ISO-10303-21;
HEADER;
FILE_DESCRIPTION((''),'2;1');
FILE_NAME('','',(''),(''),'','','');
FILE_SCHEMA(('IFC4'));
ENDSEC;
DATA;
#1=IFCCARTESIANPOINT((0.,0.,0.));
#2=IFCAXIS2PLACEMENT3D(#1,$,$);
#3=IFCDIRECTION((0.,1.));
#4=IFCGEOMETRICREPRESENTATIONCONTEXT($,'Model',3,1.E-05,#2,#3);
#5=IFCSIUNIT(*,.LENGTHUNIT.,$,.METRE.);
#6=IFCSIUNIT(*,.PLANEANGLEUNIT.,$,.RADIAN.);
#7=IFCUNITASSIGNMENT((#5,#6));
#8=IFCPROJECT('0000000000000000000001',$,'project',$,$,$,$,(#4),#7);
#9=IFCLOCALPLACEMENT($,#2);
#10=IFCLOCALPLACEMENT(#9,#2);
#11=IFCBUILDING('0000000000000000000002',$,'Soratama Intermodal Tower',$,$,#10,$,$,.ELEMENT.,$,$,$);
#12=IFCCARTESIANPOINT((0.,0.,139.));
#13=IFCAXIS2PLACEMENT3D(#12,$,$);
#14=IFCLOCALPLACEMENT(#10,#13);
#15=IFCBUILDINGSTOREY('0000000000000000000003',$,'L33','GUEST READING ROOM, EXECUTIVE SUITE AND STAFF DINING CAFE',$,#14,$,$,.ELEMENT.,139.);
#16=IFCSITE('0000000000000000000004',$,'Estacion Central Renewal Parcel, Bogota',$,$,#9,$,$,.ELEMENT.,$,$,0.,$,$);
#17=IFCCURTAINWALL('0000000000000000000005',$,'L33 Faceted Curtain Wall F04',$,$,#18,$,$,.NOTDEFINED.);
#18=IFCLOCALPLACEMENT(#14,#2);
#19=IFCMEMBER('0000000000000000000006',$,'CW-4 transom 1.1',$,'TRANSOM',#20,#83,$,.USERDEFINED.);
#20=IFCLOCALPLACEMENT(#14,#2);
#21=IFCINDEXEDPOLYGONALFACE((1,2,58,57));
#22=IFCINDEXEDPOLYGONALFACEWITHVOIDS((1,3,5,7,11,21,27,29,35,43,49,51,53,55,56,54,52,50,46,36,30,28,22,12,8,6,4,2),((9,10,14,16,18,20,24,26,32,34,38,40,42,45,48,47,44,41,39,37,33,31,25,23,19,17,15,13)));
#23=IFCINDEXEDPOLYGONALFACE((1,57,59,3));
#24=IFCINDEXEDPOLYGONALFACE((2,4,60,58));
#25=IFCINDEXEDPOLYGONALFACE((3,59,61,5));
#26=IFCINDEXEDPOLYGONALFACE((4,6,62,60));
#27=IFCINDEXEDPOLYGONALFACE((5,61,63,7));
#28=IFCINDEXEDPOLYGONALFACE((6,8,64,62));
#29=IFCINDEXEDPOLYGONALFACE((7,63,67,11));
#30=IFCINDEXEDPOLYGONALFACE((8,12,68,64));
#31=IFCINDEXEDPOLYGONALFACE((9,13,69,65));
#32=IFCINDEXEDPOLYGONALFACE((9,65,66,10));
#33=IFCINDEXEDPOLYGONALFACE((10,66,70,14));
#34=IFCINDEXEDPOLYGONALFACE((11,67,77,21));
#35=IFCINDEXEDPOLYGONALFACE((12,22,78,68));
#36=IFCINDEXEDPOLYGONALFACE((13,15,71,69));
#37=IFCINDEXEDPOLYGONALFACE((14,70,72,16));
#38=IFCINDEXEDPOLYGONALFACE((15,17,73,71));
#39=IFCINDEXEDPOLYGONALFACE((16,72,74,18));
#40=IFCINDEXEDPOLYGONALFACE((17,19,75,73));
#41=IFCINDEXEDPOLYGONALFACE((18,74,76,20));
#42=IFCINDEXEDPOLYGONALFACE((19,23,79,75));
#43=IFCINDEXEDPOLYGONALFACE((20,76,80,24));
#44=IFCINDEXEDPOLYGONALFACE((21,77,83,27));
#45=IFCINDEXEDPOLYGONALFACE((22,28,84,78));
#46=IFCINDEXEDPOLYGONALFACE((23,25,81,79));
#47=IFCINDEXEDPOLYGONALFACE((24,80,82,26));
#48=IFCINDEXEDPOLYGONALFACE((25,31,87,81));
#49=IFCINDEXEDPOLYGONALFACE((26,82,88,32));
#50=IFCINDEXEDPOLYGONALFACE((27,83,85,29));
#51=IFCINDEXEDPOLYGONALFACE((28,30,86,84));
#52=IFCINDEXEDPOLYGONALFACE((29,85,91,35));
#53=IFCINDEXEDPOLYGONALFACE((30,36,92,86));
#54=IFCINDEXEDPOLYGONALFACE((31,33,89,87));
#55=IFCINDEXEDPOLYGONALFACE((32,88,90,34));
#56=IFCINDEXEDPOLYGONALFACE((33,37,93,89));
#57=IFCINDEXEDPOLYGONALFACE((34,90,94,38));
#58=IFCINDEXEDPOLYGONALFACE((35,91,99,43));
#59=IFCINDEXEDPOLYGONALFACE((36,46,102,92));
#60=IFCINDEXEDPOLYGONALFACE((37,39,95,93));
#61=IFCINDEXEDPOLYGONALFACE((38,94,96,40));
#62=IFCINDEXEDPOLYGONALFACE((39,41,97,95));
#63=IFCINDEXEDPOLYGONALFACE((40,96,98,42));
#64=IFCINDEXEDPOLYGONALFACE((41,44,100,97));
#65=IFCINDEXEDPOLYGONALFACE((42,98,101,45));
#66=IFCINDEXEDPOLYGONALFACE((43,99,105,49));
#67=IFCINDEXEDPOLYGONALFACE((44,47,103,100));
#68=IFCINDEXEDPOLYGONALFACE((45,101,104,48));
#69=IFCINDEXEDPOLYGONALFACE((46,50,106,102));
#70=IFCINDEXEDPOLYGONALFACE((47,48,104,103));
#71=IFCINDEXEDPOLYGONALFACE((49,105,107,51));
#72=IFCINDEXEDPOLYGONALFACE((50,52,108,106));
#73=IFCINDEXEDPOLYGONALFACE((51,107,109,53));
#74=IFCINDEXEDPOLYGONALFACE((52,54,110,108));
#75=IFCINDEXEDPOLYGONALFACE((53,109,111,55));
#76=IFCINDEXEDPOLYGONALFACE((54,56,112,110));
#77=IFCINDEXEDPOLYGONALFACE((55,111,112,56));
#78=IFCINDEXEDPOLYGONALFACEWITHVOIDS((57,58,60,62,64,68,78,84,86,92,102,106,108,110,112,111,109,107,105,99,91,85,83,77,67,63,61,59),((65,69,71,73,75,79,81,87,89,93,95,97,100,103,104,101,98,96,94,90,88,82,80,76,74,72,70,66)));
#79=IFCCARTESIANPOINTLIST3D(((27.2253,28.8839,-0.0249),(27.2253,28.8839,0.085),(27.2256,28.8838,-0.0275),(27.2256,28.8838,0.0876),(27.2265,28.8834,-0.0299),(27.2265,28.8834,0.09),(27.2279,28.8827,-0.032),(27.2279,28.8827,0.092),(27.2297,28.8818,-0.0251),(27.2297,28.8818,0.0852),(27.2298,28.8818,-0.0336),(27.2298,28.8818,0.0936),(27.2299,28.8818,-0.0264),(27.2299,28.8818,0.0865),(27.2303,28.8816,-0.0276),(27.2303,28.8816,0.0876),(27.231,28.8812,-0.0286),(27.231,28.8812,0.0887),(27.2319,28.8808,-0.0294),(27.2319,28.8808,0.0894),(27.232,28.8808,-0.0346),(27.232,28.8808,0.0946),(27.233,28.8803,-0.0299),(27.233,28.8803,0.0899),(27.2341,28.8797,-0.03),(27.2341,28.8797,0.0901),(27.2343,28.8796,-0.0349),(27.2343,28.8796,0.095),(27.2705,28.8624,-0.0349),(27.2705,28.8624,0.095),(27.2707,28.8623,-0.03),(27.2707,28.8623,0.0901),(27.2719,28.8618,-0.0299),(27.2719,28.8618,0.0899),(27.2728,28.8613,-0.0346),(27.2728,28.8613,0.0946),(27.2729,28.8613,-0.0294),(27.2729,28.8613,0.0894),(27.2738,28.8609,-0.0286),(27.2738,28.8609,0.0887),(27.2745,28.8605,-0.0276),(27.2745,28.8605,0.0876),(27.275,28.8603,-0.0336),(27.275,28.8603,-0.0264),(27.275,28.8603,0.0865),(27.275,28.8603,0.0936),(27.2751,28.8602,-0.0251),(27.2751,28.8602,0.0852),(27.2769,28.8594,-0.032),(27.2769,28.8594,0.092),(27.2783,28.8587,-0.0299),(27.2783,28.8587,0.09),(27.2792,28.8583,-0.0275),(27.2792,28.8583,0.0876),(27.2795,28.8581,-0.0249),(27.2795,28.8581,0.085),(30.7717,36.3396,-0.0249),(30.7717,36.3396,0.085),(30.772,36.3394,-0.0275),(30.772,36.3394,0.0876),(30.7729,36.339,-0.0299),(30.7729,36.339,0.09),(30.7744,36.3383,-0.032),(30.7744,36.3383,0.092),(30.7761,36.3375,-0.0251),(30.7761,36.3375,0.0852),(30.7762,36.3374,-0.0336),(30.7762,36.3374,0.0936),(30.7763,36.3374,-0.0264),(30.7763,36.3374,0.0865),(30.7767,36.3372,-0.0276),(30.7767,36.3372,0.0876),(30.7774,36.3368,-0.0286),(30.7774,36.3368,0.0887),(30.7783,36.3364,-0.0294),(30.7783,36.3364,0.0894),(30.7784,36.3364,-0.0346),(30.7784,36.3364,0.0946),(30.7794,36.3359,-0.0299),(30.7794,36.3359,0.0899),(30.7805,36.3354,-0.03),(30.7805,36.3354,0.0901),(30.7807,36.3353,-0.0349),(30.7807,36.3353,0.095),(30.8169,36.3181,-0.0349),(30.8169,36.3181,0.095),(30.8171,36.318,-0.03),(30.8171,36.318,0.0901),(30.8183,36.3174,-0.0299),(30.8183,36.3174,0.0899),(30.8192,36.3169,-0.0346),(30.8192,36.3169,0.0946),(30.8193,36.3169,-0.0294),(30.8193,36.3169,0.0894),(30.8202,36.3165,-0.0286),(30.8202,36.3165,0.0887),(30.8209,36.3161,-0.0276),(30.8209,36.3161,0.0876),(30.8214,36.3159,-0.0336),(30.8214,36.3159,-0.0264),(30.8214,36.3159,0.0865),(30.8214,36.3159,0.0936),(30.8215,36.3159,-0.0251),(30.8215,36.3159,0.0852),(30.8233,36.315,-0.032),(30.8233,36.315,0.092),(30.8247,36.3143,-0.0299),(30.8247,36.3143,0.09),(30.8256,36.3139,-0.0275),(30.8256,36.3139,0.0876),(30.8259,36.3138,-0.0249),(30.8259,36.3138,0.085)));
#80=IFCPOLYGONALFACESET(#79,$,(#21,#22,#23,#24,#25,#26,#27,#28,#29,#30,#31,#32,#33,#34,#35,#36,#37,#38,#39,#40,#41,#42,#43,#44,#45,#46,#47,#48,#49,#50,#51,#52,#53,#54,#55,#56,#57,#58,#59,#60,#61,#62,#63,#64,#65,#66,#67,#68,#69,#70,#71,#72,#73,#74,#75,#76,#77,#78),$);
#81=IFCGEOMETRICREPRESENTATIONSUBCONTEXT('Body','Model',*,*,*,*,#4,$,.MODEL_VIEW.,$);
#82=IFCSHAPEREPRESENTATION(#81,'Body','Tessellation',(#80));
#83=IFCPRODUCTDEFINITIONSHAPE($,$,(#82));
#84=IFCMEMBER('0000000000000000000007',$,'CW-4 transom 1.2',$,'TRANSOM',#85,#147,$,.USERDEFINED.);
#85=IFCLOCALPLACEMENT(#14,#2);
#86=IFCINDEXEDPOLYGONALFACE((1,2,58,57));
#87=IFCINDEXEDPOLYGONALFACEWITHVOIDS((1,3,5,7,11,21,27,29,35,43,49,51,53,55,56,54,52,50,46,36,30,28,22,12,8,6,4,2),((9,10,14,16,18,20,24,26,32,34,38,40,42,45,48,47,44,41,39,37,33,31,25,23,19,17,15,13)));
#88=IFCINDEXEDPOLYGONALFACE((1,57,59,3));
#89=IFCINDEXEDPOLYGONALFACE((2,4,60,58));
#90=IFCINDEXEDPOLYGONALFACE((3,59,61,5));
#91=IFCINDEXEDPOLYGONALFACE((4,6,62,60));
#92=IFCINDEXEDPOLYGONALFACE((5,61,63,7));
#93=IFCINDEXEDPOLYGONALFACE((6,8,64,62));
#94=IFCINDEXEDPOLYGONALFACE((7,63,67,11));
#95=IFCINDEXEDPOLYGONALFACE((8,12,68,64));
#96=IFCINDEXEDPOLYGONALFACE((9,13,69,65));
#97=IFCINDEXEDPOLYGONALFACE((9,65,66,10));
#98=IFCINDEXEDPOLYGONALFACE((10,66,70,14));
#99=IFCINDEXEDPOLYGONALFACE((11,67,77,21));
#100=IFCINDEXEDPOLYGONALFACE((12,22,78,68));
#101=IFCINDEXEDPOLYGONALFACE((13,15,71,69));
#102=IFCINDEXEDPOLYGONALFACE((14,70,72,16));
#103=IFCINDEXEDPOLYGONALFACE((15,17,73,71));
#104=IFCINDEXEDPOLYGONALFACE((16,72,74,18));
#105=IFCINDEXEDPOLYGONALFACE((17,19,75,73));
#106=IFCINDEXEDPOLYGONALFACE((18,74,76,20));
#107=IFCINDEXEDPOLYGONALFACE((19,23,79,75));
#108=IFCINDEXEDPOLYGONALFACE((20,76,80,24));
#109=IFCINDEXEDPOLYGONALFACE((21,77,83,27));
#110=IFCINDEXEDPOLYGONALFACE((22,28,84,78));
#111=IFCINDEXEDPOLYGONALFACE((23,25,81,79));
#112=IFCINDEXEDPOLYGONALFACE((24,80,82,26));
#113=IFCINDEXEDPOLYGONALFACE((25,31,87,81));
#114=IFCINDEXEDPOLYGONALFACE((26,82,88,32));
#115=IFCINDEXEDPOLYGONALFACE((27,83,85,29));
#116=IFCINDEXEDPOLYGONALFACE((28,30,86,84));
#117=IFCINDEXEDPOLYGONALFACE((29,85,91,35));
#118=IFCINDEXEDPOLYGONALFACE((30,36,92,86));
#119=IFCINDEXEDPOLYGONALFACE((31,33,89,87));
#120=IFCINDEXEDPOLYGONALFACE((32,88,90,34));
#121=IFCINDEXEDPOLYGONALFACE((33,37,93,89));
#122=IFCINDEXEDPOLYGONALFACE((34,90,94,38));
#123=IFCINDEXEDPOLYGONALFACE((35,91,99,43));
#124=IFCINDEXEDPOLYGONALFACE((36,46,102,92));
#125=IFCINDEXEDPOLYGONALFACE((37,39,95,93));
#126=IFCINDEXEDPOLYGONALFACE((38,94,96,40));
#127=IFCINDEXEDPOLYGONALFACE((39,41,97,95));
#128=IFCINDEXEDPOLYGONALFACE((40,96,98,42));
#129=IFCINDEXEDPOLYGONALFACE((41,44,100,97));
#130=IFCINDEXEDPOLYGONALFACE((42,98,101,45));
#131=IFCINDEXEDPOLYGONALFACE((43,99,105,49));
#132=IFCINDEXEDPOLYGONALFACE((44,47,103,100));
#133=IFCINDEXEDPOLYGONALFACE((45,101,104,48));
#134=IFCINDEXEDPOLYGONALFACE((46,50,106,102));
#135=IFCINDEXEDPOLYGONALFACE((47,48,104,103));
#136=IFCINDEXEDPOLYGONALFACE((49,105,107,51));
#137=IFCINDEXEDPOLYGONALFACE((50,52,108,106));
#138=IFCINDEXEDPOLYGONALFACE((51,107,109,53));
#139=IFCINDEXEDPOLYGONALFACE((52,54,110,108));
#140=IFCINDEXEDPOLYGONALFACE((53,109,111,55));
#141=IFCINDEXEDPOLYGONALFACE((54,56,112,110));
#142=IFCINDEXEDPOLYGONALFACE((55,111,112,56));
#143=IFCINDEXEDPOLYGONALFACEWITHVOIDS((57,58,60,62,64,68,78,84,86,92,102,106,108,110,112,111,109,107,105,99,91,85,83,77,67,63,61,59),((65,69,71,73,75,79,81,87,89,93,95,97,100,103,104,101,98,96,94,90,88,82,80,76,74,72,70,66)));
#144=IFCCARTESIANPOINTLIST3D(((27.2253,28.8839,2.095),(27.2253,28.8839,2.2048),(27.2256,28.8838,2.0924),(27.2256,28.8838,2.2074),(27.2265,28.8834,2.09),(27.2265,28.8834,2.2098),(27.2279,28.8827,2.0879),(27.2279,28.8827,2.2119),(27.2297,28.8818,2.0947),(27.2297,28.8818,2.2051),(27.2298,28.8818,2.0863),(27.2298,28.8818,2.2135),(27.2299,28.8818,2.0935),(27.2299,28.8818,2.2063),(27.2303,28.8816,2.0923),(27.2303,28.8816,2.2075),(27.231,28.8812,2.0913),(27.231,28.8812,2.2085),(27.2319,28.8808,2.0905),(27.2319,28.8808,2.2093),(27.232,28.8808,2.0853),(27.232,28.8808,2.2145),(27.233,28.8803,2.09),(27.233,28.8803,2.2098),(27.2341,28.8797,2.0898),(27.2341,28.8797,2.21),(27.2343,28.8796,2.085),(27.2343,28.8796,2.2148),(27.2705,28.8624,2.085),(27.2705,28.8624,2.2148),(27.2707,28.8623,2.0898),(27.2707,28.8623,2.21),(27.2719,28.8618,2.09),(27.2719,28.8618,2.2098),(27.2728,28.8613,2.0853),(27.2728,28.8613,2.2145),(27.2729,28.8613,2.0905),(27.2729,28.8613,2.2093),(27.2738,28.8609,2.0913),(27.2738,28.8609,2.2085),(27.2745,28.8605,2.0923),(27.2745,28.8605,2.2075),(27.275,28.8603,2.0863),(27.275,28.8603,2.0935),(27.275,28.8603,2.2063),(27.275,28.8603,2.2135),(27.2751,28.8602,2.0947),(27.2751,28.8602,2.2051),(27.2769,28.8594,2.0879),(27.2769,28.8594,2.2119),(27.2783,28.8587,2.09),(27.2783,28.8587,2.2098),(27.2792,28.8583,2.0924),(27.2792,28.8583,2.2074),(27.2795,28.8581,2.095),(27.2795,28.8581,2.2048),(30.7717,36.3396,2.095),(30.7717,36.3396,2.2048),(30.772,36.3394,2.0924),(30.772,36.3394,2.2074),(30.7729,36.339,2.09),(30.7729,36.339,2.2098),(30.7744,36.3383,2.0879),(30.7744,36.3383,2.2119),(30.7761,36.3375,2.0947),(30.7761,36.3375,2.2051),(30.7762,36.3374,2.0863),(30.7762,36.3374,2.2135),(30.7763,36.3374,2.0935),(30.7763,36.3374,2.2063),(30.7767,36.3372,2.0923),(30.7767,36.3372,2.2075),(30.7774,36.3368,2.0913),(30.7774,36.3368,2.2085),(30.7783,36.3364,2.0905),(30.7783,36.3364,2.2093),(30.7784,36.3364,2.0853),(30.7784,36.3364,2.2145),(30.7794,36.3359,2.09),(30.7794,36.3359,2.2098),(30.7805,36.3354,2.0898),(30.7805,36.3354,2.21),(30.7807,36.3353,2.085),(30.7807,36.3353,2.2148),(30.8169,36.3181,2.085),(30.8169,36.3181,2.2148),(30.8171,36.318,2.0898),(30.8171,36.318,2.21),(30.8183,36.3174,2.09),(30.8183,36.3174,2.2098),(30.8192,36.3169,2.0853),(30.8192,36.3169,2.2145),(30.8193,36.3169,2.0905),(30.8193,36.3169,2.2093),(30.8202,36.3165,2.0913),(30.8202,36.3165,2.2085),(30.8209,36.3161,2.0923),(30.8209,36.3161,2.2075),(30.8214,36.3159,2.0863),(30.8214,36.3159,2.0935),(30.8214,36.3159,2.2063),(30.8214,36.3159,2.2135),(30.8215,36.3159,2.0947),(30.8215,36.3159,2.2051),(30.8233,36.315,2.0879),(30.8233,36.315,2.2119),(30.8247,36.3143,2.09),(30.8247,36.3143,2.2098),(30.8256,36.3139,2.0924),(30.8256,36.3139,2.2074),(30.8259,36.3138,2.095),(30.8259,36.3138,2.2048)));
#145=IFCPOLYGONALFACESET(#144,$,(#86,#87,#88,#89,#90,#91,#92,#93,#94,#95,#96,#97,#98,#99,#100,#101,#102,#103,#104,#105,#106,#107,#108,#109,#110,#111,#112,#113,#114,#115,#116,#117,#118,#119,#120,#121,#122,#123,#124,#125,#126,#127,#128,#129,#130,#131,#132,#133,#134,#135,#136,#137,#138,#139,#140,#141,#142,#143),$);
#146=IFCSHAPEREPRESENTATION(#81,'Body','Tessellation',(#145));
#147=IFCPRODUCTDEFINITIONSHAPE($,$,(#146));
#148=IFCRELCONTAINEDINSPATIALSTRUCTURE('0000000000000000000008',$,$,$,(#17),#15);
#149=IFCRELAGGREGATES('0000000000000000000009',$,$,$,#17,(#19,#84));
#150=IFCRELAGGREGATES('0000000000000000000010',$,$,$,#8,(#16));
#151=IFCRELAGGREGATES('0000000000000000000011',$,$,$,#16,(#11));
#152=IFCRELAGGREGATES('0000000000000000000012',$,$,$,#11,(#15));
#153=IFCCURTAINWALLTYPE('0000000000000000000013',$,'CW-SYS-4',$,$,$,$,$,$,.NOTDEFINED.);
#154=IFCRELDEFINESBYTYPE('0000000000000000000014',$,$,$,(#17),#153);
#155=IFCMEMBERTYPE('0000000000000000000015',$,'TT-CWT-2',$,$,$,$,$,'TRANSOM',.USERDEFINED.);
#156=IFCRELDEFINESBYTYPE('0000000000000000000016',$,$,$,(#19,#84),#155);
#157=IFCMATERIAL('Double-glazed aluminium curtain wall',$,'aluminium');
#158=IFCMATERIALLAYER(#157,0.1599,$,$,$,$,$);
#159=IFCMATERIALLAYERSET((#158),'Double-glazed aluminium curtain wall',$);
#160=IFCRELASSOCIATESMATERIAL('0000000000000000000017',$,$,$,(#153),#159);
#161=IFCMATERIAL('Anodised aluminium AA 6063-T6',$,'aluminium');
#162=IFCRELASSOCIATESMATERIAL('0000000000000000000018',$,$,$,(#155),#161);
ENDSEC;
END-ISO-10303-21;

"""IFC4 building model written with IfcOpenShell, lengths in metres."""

from ifc_helpers import new_model, si_unit, direction, frame, origin, origin_2d, place, context, subcontext, project, spatial, hollow_rectangle, extrude, material, layer, layer_set, material_profile, profile_set, type_object, element, aggregate, save


model = new_model("IFC4")

# Units and contexts
model_context = context("Model", 3, precision=1e-05, world=origin(), true_north=direction((0.0, 1.0)))
body_context = subcontext(model_context, "Body", "Model", "MODEL_VIEW")
ifc_project = project(units=[si_unit("LENGTHUNIT", "METRE"), si_unit("PLANEANGLEUNIT", "RADIAN")], contexts=[model_context])

# Site, building, storey
site_placement = place(None, origin())
site = spatial("IfcSite", under=ifc_project, at=site_placement, Name="Estacion Central Renewal Parcel, Bogota", CompositionType="ELEMENT", RefElevation=0.0)
building_placement = place(site_placement, origin())
building = spatial("IfcBuilding", under=site, at=building_placement, Name="Soratama Intermodal Tower", CompositionType="ELEMENT")
storey_placement = place(building_placement, frame((0.0, 0.0, 139.0)))
storey = spatial("IfcBuildingStorey", under=building, at=storey_placement, Name="L33", Description="GUEST READING ROOM, EXECUTIVE SUITE AND STAFF DINING CAFE", CompositionType="ELEMENT", Elevation=139.0)

# Shared definitions
ifc_material_1 = material(Name="Double-glazed aluminium curtain wall", Category="aluminium")
ifc_layer_1 = layer(ifc_material_1, 0.1599)
ifc_layer_set_1 = layer_set([ifc_layer_1], Name="Double-glazed aluminium curtain wall")
curtain_wall_type = type_object("IfcCurtainWallType", Name="CW-SYS-4", PredefinedType="NOTDEFINED", material=ifc_layer_set_1)

# Curtain wall
curtain_wall_1_placement = place(storey_placement, origin())
curtain_wall_1 = element("IfcCurtainWall", 1, at=curtain_wall_1_placement, inside=storey, type_object=curtain_wall_type, Name="L33 Faceted Curtain Wall F04", PredefinedType="NOTDEFINED")

# Members
ifc_material_2 = material(Name="Anodised aluminium AA 6063-T6", Category="aluminium")
ifc_material_profile_1 = material_profile(ifc_material_2, hollow_rectangle(XDim=0.0601, YDim=0.1299, WallThickness=0.0049, InnerFilletRadius=0.0049, OuterFilletRadius=0.01, at=origin_2d()), Name="CWT130X60X5")
ifc_profile_set_1 = profile_set([ifc_material_profile_1], Name="Anodised aluminium AA 6063-T6")
member_type_1 = type_object("IfcMemberType", Name="TT-CWT-2", ElementType="TRANSOM", PredefinedType="USERDEFINED", material=ifc_profile_set_1)
member_1_placement = place(storey_placement, frame((30.7988, 36.3267, 0.03), z_axis=(-0.42955, -0.903043, 0.0), x_axis=(0.903043, -0.42955, 0.0)))
member_1 = element("IfcMember", 2, at=member_1_placement, type_object=member_type_1, Name="CW-4 transom 1.1", ObjectType="TRANSOM", PredefinedType="USERDEFINED", context=body_context, shape_type="SweptSolid", body=[
    extrude(hollow_rectangle(XDim=0.0601, YDim=0.1299, WallThickness=0.0049, InnerFilletRadius=0.0049, OuterFilletRadius=0.01, at=origin_2d()), origin(), (0.0, 0.0, 1.0), 8.2561),
])
member_2_placement = place(storey_placement, frame((30.7988, 36.3267, 2.1499), z_axis=(-0.42955, -0.903043, 0.0), x_axis=(0.903043, -0.42955, 0.0)))
member_2 = element("IfcMember", 3, at=member_2_placement, type_object=member_type_1, Name="CW-4 transom 1.2", ObjectType="TRANSOM", PredefinedType="USERDEFINED", context=body_context, shape_type="SweptSolid", body=[
    extrude(hollow_rectangle(XDim=0.0601, YDim=0.1299, WallThickness=0.0049, InnerFilletRadius=0.0049, OuterFilletRadius=0.01, at=origin_2d()), origin(), (0.0, 0.0, 1.0), 8.2561),
])
aggregate(curtain_wall_1, [member_1, member_2])

save(model, "model.ifc")
